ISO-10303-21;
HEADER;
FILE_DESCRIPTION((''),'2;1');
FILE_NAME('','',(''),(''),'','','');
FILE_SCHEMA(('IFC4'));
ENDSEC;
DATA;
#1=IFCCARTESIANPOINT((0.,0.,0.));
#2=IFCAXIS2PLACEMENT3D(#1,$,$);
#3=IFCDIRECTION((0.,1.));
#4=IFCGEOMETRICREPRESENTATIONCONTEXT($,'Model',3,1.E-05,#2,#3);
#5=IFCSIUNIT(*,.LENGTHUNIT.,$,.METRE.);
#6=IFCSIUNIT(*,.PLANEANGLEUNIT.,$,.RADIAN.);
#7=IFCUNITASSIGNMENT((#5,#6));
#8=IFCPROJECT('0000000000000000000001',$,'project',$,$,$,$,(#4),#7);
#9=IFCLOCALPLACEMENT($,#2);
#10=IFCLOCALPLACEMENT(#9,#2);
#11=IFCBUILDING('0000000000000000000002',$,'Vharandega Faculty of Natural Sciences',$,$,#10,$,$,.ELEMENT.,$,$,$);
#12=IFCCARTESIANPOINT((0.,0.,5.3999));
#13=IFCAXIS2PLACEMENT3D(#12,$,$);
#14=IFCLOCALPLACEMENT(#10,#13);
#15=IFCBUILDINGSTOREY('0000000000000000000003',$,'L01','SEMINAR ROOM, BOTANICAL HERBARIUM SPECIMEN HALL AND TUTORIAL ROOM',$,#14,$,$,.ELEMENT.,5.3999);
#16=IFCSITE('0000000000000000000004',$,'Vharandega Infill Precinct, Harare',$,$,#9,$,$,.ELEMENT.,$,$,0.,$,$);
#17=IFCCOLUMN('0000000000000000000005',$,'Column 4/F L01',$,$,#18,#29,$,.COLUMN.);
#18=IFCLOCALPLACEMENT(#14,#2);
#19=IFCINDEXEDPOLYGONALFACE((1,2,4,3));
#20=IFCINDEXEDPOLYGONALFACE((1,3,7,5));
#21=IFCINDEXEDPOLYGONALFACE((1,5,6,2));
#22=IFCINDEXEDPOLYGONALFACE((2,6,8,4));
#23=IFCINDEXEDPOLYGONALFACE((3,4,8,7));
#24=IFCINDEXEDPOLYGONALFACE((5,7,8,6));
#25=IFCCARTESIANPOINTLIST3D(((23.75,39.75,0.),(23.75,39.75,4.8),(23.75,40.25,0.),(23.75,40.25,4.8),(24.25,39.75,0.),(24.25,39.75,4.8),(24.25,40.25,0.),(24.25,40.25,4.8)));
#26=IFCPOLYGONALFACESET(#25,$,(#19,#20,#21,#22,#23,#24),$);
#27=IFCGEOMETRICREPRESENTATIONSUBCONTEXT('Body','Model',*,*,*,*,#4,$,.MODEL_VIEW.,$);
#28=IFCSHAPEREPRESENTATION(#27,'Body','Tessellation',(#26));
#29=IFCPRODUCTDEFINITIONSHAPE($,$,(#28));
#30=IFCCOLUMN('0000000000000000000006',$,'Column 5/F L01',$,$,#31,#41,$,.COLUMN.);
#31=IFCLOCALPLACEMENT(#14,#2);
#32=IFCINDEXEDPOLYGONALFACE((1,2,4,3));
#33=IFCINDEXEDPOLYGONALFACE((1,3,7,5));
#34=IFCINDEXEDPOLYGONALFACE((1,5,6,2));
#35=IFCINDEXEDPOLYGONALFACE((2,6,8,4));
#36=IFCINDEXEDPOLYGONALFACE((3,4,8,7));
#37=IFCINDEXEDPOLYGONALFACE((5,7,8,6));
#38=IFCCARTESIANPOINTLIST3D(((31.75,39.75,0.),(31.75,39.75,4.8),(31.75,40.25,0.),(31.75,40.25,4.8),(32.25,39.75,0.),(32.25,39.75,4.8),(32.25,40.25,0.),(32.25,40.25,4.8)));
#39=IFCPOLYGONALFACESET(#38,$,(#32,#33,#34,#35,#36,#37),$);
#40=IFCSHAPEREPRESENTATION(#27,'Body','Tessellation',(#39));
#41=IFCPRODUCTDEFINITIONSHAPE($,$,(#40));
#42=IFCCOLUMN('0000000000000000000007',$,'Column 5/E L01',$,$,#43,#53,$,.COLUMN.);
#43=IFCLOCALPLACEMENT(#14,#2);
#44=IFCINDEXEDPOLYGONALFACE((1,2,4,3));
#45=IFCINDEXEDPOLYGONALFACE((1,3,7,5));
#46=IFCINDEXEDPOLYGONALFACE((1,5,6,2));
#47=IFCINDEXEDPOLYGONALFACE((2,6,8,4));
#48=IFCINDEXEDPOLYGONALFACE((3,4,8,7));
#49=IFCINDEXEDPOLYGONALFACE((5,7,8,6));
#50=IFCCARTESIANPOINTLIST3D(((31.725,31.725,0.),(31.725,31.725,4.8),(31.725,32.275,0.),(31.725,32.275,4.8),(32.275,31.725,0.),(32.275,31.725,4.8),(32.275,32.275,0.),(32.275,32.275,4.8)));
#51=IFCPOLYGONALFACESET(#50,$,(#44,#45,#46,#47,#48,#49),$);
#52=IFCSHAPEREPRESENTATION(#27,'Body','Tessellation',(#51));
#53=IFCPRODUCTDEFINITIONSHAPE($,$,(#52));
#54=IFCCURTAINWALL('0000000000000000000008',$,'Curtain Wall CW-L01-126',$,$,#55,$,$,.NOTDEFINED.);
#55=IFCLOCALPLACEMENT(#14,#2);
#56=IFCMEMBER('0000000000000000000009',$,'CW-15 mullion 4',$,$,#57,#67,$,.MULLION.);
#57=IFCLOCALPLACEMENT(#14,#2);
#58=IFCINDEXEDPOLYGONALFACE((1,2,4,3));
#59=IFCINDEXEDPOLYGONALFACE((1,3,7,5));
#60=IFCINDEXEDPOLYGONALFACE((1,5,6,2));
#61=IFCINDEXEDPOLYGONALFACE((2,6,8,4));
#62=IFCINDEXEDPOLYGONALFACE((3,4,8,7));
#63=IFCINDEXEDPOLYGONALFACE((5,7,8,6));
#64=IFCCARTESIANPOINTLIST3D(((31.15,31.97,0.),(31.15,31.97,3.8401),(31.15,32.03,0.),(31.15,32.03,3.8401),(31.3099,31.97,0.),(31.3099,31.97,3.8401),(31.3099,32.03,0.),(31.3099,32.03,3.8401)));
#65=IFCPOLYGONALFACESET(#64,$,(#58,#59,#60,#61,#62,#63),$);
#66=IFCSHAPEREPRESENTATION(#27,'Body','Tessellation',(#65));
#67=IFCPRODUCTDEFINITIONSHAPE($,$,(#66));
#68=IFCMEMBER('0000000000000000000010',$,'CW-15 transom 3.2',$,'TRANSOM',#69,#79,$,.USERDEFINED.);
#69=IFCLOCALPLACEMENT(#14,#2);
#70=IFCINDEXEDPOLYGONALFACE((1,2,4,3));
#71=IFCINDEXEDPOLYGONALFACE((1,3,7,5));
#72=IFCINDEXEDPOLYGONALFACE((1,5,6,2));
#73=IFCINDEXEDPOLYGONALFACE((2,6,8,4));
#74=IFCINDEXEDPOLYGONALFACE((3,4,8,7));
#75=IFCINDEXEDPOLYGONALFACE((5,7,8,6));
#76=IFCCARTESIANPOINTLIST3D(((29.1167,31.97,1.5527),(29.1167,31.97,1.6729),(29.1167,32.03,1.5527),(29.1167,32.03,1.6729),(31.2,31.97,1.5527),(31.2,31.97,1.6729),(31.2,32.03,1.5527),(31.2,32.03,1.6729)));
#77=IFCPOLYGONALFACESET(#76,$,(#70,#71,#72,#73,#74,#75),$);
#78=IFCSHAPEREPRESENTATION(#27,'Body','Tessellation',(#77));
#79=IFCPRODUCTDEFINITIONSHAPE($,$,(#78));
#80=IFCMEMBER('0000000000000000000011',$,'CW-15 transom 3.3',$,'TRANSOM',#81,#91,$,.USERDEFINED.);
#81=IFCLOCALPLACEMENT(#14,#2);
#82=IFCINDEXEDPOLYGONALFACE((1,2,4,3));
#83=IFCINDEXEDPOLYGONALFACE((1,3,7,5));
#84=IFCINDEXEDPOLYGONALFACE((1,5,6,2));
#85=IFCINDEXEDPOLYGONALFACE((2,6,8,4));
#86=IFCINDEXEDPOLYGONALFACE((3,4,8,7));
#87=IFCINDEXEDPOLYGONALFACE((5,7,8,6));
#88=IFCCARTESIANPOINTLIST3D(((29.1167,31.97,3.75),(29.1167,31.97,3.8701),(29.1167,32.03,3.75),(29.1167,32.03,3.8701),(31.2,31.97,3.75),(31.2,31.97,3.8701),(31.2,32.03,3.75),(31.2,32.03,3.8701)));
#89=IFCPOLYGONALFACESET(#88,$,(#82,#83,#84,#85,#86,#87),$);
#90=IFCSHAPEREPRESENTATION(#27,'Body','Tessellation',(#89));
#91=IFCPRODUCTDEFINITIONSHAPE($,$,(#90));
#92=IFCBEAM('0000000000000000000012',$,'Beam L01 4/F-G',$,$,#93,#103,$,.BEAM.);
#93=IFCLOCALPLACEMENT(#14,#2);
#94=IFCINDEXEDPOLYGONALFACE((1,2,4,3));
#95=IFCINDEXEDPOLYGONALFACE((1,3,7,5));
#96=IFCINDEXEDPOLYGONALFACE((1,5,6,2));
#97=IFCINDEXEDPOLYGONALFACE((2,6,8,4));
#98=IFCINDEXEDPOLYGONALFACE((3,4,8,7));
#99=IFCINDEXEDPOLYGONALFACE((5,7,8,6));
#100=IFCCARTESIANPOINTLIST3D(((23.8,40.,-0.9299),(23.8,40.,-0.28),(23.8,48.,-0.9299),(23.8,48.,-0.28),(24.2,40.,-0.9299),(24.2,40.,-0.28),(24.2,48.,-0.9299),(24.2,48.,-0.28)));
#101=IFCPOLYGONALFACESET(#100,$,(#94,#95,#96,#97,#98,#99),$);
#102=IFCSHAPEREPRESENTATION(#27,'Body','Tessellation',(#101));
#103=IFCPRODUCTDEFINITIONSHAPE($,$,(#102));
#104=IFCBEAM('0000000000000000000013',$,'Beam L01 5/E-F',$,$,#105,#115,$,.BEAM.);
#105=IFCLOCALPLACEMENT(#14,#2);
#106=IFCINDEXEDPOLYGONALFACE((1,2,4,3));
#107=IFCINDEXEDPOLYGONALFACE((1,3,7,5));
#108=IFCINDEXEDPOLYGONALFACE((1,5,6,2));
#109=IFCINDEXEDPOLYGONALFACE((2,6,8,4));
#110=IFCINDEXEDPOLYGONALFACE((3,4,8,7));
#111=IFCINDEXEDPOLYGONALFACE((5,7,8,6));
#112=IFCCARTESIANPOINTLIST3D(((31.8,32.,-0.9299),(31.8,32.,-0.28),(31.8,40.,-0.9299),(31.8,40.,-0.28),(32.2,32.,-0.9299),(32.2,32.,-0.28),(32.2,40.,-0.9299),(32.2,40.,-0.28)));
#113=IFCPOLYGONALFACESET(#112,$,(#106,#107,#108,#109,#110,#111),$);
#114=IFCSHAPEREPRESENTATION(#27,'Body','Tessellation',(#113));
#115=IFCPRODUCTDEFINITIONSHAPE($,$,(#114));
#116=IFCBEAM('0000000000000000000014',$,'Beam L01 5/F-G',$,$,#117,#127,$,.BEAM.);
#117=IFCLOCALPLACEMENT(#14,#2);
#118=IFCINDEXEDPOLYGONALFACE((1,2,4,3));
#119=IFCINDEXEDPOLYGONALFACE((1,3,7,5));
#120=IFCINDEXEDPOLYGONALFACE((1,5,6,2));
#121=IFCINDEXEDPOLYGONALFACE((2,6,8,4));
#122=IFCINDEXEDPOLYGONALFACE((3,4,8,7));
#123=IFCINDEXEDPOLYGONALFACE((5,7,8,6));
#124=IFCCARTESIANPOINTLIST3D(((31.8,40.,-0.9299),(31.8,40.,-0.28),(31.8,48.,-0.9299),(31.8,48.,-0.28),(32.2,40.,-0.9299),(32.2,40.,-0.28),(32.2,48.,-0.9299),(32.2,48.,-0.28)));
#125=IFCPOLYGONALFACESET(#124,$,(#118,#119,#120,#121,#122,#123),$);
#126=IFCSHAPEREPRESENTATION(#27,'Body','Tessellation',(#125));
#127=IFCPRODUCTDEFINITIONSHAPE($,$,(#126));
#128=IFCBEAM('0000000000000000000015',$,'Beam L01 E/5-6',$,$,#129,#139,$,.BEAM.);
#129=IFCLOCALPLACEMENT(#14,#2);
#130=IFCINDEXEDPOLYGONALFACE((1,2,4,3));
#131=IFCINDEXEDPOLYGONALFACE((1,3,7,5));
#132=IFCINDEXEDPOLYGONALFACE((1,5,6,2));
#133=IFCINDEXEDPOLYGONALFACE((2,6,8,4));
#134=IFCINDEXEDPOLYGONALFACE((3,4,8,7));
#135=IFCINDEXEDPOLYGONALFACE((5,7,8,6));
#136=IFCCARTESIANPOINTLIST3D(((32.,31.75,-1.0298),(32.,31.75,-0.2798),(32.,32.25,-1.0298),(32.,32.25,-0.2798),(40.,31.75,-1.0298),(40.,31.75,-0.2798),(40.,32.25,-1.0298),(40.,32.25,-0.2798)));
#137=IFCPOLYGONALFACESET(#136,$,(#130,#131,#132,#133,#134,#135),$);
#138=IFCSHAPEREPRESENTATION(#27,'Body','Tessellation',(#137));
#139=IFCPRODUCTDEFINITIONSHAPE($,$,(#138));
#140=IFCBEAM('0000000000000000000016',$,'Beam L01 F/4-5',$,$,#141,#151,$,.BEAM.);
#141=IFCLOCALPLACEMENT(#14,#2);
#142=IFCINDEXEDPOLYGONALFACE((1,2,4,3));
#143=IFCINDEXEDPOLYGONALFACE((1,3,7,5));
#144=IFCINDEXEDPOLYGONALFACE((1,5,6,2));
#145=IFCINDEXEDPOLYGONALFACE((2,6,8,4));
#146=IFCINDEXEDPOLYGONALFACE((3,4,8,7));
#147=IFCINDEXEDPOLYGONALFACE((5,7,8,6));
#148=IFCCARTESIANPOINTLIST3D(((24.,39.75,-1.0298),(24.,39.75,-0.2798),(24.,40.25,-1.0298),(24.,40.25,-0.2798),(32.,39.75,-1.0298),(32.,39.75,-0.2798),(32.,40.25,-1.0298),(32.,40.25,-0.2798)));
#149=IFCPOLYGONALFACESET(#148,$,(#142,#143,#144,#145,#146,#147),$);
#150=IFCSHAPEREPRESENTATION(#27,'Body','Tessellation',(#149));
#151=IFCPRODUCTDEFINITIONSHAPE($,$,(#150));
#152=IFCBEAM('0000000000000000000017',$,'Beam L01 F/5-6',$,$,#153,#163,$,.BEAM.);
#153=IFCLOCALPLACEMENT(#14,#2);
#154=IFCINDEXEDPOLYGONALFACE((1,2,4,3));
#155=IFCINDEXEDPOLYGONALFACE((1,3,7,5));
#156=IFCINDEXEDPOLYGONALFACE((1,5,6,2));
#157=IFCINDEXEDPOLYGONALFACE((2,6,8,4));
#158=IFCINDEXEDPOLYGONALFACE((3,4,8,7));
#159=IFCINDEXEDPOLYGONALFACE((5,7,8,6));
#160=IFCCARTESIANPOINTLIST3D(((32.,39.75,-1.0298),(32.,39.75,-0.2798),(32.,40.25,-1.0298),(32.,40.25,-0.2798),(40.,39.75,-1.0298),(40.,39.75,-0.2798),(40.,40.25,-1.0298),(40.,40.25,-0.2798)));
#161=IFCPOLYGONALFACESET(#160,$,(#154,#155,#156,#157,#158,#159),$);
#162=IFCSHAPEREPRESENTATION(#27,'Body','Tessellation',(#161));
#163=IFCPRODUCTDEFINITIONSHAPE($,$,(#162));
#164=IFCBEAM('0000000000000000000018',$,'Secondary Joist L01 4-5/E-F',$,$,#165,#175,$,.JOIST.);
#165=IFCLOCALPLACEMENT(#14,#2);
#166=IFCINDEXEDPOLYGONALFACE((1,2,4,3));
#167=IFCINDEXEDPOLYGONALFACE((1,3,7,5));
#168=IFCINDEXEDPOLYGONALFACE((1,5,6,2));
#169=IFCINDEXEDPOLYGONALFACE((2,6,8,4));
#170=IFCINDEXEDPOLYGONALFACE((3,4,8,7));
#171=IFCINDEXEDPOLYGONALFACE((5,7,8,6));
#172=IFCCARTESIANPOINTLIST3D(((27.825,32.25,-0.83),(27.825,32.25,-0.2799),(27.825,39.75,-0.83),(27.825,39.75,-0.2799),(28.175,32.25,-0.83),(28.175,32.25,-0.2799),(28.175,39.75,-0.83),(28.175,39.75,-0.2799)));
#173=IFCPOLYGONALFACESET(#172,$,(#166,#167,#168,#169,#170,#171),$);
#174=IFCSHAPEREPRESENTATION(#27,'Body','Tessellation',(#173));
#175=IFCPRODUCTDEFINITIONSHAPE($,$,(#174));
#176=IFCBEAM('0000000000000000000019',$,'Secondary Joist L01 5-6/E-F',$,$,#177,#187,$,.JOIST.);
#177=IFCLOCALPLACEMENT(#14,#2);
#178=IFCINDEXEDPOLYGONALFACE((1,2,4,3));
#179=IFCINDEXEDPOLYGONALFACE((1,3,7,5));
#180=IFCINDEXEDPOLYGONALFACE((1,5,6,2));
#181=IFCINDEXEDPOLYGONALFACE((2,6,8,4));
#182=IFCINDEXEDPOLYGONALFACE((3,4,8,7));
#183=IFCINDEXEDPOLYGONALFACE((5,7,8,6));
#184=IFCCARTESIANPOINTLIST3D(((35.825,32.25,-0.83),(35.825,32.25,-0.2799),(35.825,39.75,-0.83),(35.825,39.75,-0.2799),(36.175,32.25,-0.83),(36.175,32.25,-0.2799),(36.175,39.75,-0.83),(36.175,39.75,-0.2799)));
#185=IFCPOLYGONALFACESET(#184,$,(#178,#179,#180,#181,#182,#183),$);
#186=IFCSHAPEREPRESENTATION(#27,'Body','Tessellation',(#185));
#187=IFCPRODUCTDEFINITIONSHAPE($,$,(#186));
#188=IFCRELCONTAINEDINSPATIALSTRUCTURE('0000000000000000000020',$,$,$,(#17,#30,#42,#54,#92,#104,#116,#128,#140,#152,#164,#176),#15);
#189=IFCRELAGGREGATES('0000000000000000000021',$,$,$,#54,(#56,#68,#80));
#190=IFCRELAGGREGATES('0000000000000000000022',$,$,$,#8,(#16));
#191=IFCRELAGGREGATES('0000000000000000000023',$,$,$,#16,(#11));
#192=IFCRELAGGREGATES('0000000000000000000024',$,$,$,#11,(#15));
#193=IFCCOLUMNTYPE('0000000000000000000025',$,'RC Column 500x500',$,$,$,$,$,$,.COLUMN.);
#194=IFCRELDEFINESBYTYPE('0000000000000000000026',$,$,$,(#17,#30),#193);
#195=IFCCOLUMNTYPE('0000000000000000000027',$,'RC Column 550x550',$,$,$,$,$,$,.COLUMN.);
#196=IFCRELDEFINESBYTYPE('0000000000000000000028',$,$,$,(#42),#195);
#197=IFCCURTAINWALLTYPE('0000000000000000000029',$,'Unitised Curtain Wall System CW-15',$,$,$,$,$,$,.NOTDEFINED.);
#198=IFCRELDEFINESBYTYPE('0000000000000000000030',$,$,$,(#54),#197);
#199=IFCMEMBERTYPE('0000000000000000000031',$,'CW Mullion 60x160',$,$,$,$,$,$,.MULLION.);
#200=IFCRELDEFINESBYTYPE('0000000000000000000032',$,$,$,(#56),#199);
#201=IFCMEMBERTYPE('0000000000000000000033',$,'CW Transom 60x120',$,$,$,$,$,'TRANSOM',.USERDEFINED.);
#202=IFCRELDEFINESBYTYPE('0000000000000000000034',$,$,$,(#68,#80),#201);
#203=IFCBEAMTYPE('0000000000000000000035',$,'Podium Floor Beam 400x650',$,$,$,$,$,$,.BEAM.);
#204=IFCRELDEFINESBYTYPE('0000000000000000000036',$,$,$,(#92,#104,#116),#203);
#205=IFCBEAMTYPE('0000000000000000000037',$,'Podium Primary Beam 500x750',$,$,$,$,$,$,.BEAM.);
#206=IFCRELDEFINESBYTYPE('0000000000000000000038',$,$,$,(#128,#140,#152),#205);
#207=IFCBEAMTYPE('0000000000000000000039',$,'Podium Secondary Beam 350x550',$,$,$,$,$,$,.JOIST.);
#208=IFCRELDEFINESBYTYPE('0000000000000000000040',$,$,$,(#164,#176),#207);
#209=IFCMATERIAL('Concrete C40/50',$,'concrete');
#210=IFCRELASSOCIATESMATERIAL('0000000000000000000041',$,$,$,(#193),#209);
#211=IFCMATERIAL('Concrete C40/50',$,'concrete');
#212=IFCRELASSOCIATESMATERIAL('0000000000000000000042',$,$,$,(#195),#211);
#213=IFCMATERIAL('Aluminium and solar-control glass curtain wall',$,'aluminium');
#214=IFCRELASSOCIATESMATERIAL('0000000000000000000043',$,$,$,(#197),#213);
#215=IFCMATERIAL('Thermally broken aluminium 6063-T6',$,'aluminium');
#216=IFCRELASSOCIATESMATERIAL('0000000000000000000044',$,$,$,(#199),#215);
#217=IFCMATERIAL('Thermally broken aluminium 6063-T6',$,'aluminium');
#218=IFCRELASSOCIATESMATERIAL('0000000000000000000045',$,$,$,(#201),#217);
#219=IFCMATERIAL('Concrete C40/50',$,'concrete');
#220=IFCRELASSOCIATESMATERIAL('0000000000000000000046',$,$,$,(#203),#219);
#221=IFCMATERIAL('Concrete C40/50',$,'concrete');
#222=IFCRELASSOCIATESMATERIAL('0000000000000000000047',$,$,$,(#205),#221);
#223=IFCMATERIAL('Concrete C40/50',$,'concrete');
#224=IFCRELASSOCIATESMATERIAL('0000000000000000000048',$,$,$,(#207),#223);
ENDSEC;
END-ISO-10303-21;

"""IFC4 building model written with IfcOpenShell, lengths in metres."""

from ifc_helpers import new_model, si_unit, direction, frame, origin, origin_2d, place, context, subcontext, project, spatial, rectangle, extrude, material, material_profile, profile_set, type_object, element, aggregate, save


model = new_model("IFC4")

# Units and contexts
model_context = context("Model", 3, precision=1e-05, world=origin(), true_north=direction((0.0, 1.0)))
body_context = subcontext(model_context, "Body", "Model", "MODEL_VIEW")
ifc_project = project(units=[si_unit("LENGTHUNIT", "METRE"), si_unit("PLANEANGLEUNIT", "RADIAN")], contexts=[model_context])

# Site, building, storey
site_placement = place(None, origin())
site = spatial("IfcSite", under=ifc_project, at=site_placement, Name="Vharandega Infill Precinct, Harare", CompositionType="ELEMENT", RefElevation=0.0)
building_placement = place(site_placement, origin())
building = spatial("IfcBuilding", under=site, at=building_placement, Name="Vharandega Faculty of Natural Sciences", CompositionType="ELEMENT")
storey_placement = place(building_placement, frame((0.0, 0.0, 5.3999)))
storey = spatial("IfcBuildingStorey", under=building, at=storey_placement, Name="L01", Description="SEMINAR ROOM, BOTANICAL HERBARIUM SPECIMEN HALL AND TUTORIAL ROOM", CompositionType="ELEMENT", Elevation=5.3999)

# Columns
ifc_material_1 = material(Name="Concrete C40/50", Category="concrete")
ifc_material_profile_1 = material_profile(ifc_material_1, rectangle(XDim=0.5, YDim=0.5, at=origin_2d()), Name="RC 500x500")
ifc_profile_set_1 = profile_set([ifc_material_profile_1], Name="Concrete C40/50")
column_type_1 = type_object("IfcColumnType", Name="RC Column 500x500", PredefinedType="COLUMN", material=ifc_profile_set_1)
for number, where, z_axis, x_axis, name in (
    (1, (24.0, 40.0, 0.0), (0.0, 0.0, 1.0), (1.0, 0.0, 0.0), "Column 4/F L01"),
    (2, (32.0, 40.0, 0.0), (0.0, 0.0, 1.0), (1.0, 0.0, 0.0), "Column 5/F L01"),
):
    element("IfcColumn", number, at=place(storey_placement, frame(where, z_axis=z_axis, x_axis=x_axis)), inside=storey, type_object=column_type_1, Name=name, PredefinedType="COLUMN", context=body_context, shape_type="SweptSolid", body=[
        extrude(rectangle(XDim=0.5, YDim=0.5, at=origin_2d()), origin(), (0.0, 0.0, 1.0), 4.8),
    ])
ifc_material_2 = material(Name="Concrete C40/50", Category="concrete")
ifc_material_profile_2 = material_profile(ifc_material_2, rectangle(XDim=0.55, YDim=0.55, at=origin_2d()), Name="RC 550x550")
ifc_profile_set_2 = profile_set([ifc_material_profile_2], Name="Concrete C40/50")
column_type_2 = type_object("IfcColumnType", Name="RC Column 550x550", PredefinedType="COLUMN", material=ifc_profile_set_2)
column_placement = place(storey_placement, frame((32.0, 32.0, 0.0), z_axis=(0.0, 0.0, 1.0), x_axis=(1.0, 0.0, 0.0)))
element("IfcColumn", 3, at=column_placement, inside=storey, type_object=column_type_2, Name="Column 5/E L01", PredefinedType="COLUMN", context=body_context, shape_type="SweptSolid", body=[
    extrude(rectangle(XDim=0.55, YDim=0.55, at=origin_2d()), origin(), (0.0, 0.0, 1.0), 4.8),
])

# Curtain wall, members
ifc_material_3 = material(Name="Aluminium and solar-control glass curtain wall", Category="aluminium")
curtain_wall_type = type_object("IfcCurtainWallType", Name="Unitised Curtain Wall System CW-15", PredefinedType="NOTDEFINED", material=ifc_material_3)
curtain_wall_placement = place(storey_placement, origin())
curtain_wall = element("IfcCurtainWall", 4, at=curtain_wall_placement, inside=storey, type_object=curtain_wall_type, Name="Curtain Wall CW-L01-126", PredefinedType="NOTDEFINED")
ifc_material_4 = material(Name="Thermally broken aluminium 6063-T6", Category="aluminium")
ifc_material_profile_3 = material_profile(ifc_material_4, rectangle(XDim=0.0601, YDim=0.1599, at=origin_2d()), Name="ALU 60x160")
ifc_profile_set_3 = profile_set([ifc_material_profile_3], Name="Thermally broken aluminium 6063-T6")
member_type_1 = type_object("IfcMemberType", Name="CW Mullion 60x160", PredefinedType="MULLION", material=ifc_profile_set_3)
member_1_placement = place(storey_placement, frame((31.23, 32.0, 0.0), z_axis=(0.0, 0.0, 1.0), x_axis=(0.0, 1.0, 0.0)))
member_1 = element("IfcMember", 5, at=member_1_placement, type_object=member_type_1, Name="CW-15 mullion 4", PredefinedType="MULLION", context=body_context, shape_type="SweptSolid", body=[
    extrude(rectangle(XDim=0.0601, YDim=0.1599, at=origin_2d()), origin(), (0.0, 0.0, 1.0), 3.8401),
])
ifc_material_5 = material(Name="Thermally broken aluminium 6063-T6", Category="aluminium")
ifc_material_profile_4 = material_profile(ifc_material_5, rectangle(XDim=0.0601, YDim=0.1201, at=origin_2d()), Name="ALU 60x120")
ifc_profile_set_4 = profile_set([ifc_material_profile_4], Name="Thermally broken aluminium 6063-T6")
member_type_2 = type_object("IfcMemberType", Name="CW Transom 60x120", ElementType="TRANSOM", PredefinedType="USERDEFINED", material=ifc_profile_set_4)
member_2_placement = place(storey_placement, frame((29.1167, 32.0, 1.6128), z_axis=(1.0, 0.0, 0.0), x_axis=(0.0, 1.0, 0.0)))
member_2 = element("IfcMember", 6, at=member_2_placement, type_object=member_type_2, Name="CW-15 transom 3.2", ObjectType="TRANSOM", PredefinedType="USERDEFINED", context=body_context, shape_type="SweptSolid", body=[
    extrude(rectangle(XDim=0.0601, YDim=0.1201, at=origin_2d()), origin(), (0.0, 0.0, 1.0), 2.0833),
])
member_3_placement = place(storey_placement, frame((29.1167, 32.0, 3.8101), z_axis=(1.0, 0.0, 0.0), x_axis=(0.0, 1.0, 0.0)))
member_3 = element("IfcMember", 7, at=member_3_placement, type_object=member_type_2, Name="CW-15 transom 3.3", ObjectType="TRANSOM", PredefinedType="USERDEFINED", context=body_context, shape_type="SweptSolid", body=[
    extrude(rectangle(XDim=0.0601, YDim=0.1201, at=origin_2d()), origin(), (0.0, 0.0, 1.0), 2.0833),
])

# Beams
ifc_material_6 = material(Name="Concrete C40/50", Category="concrete")
ifc_material_profile_5 = material_profile(ifc_material_6, rectangle(XDim=0.3999, YDim=0.6499, at=origin_2d()), Name="RC 400x650")
ifc_profile_set_5 = profile_set([ifc_material_profile_5], Name="Concrete C40/50")
beam_type_1 = type_object("IfcBeamType", Name="Podium Floor Beam 400x650", PredefinedType="BEAM", material=ifc_profile_set_5)
for number, where, z_axis, x_axis, name in (
    (8, (24.0, 40.0, -0.605), (0.0, 1.0, 0.0), (-1.0, 0.0, 0.0), "Beam L01 4/F-G"),
    (9, (32.0, 32.0, -0.605), (0.0, 1.0, 0.0), (-1.0, 0.0, 0.0), "Beam L01 5/E-F"),
    (10, (32.0, 40.0, -0.605), (0.0, 1.0, 0.0), (-1.0, 0.0, 0.0), "Beam L01 5/F-G"),
):
    element("IfcBeam", number, at=place(storey_placement, frame(where, z_axis=z_axis, x_axis=x_axis)), inside=storey, type_object=beam_type_1, Name=name, PredefinedType="BEAM", context=body_context, shape_type="SweptSolid", body=[
        extrude(rectangle(XDim=0.3999, YDim=0.6499, at=origin_2d()), origin(), (0.0, 0.0, 1.0), 8.0),
    ])
ifc_material_7 = material(Name="Concrete C40/50", Category="concrete")
ifc_material_profile_6 = material_profile(ifc_material_7, rectangle(XDim=0.5, YDim=0.75, at=origin_2d()), Name="RC 500x750")
ifc_profile_set_6 = profile_set([ifc_material_profile_6], Name="Concrete C40/50")
beam_type_2 = type_object("IfcBeamType", Name="Podium Primary Beam 500x750", PredefinedType="BEAM", material=ifc_profile_set_6)
for number, where, z_axis, x_axis, name in (
    (11, (32.0, 32.0, -0.6548), (1.0, 0.0, 0.0), (0.0, 1.0, 0.0), "Beam L01 E/5-6"),
    (12, (24.0, 40.0, -0.6548), (1.0, 0.0, 0.0), (0.0, 1.0, 0.0), "Beam L01 F/4-5"),
    (13, (32.0, 40.0, -0.6548), (1.0, 0.0, 0.0), (0.0, 1.0, 0.0), "Beam L01 F/5-6"),
):
    element("IfcBeam", number, at=place(storey_placement, frame(where, z_axis=z_axis, x_axis=x_axis)), inside=storey, type_object=beam_type_2, Name=name, PredefinedType="BEAM", context=body_context, shape_type="SweptSolid", body=[
        extrude(rectangle(XDim=0.5, YDim=0.75, at=origin_2d()), origin(), (0.0, 0.0, 1.0), 8.0),
    ])
ifc_material_8 = material(Name="Concrete C40/50", Category="concrete")
ifc_material_profile_7 = material_profile(ifc_material_8, rectangle(XDim=0.3501, YDim=0.55, at=origin_2d()), Name="RC 350x550")
ifc_profile_set_7 = profile_set([ifc_material_profile_7], Name="Concrete C40/50")
beam_type_3 = type_object("IfcBeamType", Name="Podium Secondary Beam 350x550", PredefinedType="JOIST", material=ifc_profile_set_7)
for number, where, z_axis, x_axis, name in (
    (14, (28.0, 32.25, -0.5549), (0.0, 1.0, 0.0), (-1.0, 0.0, 0.0), "Secondary Joist L01 4-5/E-F"),
    (15, (36.0, 32.25, -0.5549), (0.0, 1.0, 0.0), (-1.0, 0.0, 0.0), "Secondary Joist L01 5-6/E-F"),
):
    element("IfcBeam", number, at=place(storey_placement, frame(where, z_axis=z_axis, x_axis=x_axis)), inside=storey, type_object=beam_type_3, Name=name, PredefinedType="JOIST", context=body_context, shape_type="SweptSolid", body=[
        extrude(rectangle(XDim=0.3501, YDim=0.55, at=origin_2d()), origin(), (0.0, 0.0, 1.0), 7.5),
    ])

aggregate(curtain_wall, [member_1, member_2, member_3])

save(model, "model.ifc")
